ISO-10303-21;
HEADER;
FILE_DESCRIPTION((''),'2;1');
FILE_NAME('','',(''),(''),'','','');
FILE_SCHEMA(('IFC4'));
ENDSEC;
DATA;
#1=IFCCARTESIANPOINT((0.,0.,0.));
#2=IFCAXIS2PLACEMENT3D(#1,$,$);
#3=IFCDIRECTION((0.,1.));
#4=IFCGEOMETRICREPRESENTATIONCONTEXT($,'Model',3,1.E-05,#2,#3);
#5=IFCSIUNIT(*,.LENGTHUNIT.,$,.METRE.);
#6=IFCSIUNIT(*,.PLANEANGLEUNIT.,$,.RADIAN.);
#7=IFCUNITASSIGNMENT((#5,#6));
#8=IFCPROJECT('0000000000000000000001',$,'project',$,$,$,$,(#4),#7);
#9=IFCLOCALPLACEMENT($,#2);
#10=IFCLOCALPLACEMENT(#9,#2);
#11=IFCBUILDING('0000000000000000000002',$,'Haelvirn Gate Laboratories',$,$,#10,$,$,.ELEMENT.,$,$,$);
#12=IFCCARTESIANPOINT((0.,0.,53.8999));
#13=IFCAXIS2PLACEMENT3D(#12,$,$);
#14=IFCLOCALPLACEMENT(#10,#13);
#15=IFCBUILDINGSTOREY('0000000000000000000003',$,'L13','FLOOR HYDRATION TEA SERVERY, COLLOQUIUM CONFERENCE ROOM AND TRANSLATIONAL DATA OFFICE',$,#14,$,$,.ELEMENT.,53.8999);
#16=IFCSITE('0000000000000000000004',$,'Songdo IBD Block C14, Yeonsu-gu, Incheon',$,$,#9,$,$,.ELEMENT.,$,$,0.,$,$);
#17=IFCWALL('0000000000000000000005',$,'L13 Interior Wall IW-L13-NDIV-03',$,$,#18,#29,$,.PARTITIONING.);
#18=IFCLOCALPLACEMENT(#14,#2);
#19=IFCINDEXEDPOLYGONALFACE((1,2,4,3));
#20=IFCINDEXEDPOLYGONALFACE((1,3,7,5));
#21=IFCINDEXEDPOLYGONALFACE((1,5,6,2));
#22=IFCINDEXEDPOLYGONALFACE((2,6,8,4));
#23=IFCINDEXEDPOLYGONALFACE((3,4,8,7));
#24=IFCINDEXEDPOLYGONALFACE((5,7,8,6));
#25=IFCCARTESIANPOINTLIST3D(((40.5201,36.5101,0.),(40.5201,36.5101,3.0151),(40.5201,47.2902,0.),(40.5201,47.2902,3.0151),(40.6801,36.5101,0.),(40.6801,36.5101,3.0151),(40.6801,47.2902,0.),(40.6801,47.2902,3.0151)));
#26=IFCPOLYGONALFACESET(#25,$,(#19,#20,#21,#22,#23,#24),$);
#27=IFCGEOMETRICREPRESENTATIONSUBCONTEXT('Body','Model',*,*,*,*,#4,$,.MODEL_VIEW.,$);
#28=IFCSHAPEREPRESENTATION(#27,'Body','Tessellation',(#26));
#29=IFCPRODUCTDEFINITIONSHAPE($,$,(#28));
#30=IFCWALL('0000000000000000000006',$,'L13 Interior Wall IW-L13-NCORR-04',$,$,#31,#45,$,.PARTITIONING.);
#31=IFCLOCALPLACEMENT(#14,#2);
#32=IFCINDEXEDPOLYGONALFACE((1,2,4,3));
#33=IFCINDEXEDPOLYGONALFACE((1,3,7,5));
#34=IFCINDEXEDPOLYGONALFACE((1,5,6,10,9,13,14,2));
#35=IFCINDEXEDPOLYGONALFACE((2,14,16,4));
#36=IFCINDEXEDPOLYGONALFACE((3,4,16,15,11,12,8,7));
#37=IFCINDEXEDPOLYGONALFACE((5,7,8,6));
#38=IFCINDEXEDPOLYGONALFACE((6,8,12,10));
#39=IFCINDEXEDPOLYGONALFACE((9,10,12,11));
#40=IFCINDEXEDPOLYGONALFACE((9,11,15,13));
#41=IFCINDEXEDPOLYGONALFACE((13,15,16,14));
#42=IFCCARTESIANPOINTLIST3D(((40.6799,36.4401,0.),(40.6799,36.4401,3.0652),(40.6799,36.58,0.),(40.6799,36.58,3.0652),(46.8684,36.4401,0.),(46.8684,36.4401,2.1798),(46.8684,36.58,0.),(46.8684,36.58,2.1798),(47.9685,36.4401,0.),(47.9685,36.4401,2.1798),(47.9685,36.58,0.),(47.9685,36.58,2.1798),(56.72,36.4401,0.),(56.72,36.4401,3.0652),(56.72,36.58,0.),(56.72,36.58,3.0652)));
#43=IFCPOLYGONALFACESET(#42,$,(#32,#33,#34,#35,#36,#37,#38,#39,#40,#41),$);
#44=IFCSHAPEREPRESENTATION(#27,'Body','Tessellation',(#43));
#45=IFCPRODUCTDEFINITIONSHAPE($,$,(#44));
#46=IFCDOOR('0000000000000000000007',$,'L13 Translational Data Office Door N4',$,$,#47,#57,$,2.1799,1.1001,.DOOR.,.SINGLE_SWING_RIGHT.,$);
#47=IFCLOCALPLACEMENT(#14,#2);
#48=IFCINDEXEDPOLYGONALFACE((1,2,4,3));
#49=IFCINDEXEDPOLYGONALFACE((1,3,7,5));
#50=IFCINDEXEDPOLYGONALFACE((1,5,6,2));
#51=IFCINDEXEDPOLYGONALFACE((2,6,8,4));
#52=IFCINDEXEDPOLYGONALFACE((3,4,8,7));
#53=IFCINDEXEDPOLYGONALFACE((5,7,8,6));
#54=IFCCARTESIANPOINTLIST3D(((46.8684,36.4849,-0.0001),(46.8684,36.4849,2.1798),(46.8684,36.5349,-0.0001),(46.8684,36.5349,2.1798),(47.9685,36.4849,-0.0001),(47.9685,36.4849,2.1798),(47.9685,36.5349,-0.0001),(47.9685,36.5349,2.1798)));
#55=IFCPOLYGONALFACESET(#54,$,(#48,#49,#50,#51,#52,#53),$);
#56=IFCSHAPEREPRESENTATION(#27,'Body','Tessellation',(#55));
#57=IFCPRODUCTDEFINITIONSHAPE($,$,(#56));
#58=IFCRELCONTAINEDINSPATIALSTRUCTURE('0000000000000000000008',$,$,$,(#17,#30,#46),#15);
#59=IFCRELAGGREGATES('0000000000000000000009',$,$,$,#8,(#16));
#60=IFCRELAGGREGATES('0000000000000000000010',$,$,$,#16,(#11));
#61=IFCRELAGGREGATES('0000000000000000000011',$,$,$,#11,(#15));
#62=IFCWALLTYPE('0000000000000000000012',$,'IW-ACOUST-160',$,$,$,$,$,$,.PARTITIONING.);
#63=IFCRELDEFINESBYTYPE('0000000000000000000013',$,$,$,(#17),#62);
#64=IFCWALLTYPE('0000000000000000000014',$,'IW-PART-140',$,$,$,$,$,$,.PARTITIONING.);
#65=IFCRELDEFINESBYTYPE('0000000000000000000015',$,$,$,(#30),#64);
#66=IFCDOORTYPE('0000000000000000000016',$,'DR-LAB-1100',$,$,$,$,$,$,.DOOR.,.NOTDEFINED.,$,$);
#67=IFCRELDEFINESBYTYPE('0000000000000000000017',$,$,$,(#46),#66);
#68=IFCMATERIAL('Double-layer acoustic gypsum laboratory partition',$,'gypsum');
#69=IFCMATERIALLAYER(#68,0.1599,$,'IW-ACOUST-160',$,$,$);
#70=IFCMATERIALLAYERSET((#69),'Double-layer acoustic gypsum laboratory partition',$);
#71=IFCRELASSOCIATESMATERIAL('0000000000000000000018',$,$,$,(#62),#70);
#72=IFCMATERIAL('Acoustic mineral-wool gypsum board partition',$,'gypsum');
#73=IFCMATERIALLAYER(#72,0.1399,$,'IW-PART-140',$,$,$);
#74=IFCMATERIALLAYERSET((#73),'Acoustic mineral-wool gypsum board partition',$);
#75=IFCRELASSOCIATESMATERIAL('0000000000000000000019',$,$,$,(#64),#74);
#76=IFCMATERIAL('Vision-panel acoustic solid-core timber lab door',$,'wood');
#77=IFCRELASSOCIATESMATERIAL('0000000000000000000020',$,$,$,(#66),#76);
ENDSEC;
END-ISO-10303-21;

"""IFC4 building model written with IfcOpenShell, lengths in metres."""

from ifc_helpers import new_model, si_unit, direction, frame, frame_2d, origin, place, context, subcontext, project, spatial, rectangle, extrude, source, transform, mapped, material, layer, layer_set, type_object, type_shapes, element, fill, save


model = new_model("IFC4")

# Units and contexts
model_context = context("Model", 3, precision=1e-05, world=origin(), true_north=direction((0.0, 1.0)))
body_context = subcontext(model_context, "Body", "Model", "MODEL_VIEW")
ifc_project = project(units=[si_unit("LENGTHUNIT", "METRE"), si_unit("PLANEANGLEUNIT", "RADIAN")], contexts=[model_context])

# Site, building, storey
site_placement = place(None, origin())
site = spatial("IfcSite", under=ifc_project, at=site_placement, Name="Songdo IBD Block C14, Yeonsu-gu, Incheon", CompositionType="ELEMENT", RefElevation=0.0)
building_placement = place(site_placement, origin())
building = spatial("IfcBuilding", under=site, at=building_placement, Name="Haelvirn Gate Laboratories", CompositionType="ELEMENT")
storey_placement = place(building_placement, frame((0.0, 0.0, 53.8999)))
storey = spatial("IfcBuildingStorey", under=building, at=storey_placement, Name="L13", Description="FLOOR HYDRATION TEA SERVERY, COLLOQUIUM CONFERENCE ROOM AND TRANSLATIONAL DATA OFFICE", CompositionType="ELEMENT", Elevation=53.8999)

# Wall
ifc_material_1 = material(Name="Double-layer acoustic gypsum laboratory partition", Category="gypsum")
ifc_layer_1 = layer(ifc_material_1, 0.1599, Name="IW-ACOUST-160")
ifc_layer_set_1 = layer_set([ifc_layer_1], Name="Double-layer acoustic gypsum laboratory partition")
wall_type_1 = type_object("IfcWallType", Name="IW-ACOUST-160", PredefinedType="PARTITIONING", material=ifc_layer_set_1)
wall_1_placement = place(storey_placement, frame((40.6001, 36.51, 0.0), z_axis=(0.0, 0.0, 1.0), x_axis=(0.0, 1.0, 0.0)))
element("IfcWall", 1, at=wall_1_placement, inside=storey, type_object=wall_type_1, Name="L13 Interior Wall IW-L13-NDIV-03", PredefinedType="PARTITIONING", context=body_context, shape_type="SweptSolid", body=[
    extrude(rectangle(XDim=10.78, YDim=0.1599, at=frame_2d((5.3901, 0.0))), origin(), (0.0, 0.0, 1.0), 3.0151),
])

# Wall, opening, door
ifc_material_2 = material(Name="Acoustic mineral-wool gypsum board partition", Category="gypsum")
ifc_layer_2 = layer(ifc_material_2, 0.1399, Name="IW-PART-140")
ifc_layer_set_2 = layer_set([ifc_layer_2], Name="Acoustic mineral-wool gypsum board partition")
wall_type_2 = type_object("IfcWallType", Name="IW-PART-140", PredefinedType="PARTITIONING", material=ifc_layer_set_2)
wall_2_placement = place(storey_placement, frame((40.6799, 36.51, 0.0), z_axis=(0.0, 0.0, 1.0), x_axis=(1.0, 0.0, 0.0)))
wall_2 = element("IfcWall", 2, at=wall_2_placement, inside=storey, type_object=wall_type_2, Name="L13 Interior Wall IW-L13-NCORR-04", PredefinedType="PARTITIONING", context=body_context, shape_type="SweptSolid", body=[
    extrude(rectangle(XDim=16.04, YDim=0.1399, at=frame_2d((8.02, 0.0))), origin(), (0.0, 0.0, 1.0), 3.0652),
])
opening_placement = place(wall_2_placement, frame((6.1885, 0.0, 0.0)))
opening = element("IfcOpeningElement", 3, at=opening_placement, cuts=wall_2, PredefinedType="OPENING", context=body_context, shape_type="SweptSolid", body=[
    extrude(rectangle(XDim=1.1001, YDim=2.1799, at=frame_2d((0.55, 1.0898))), frame((0.0, 0.0801, 0.0), z_axis=(0.0, -1.0, 0.0), x_axis=(1.0, 0.0, 0.0)), (0.0, 0.0, 1.0), 0.1599),
])
ifc_material_3 = material(Name="Vision-panel acoustic solid-core timber lab door", Category="wood")
door_type = type_object("IfcDoorType", Name="DR-LAB-1100", OperationType="NOTDEFINED", PredefinedType="DOOR", material=ifc_material_3)
shared_shape_1 = source(origin(), body_context, "Body", "SweptSolid", [
    extrude(rectangle(XDim=1.1001, YDim=2.1799, at=frame_2d((0.55, 1.0898))), frame((0.0, 0.0249, 0.0), z_axis=(0.0, -1.0, 0.0), x_axis=(1.0, 0.0, 0.0)), (0.0, 0.0, 1.0), 0.05),
])
type_shapes(door_type, [shared_shape_1])
door_placement = place(opening_placement, origin())
door = element("IfcDoor", 4, at=door_placement, inside=storey, type_object=door_type, Name="L13 Translational Data Office Door N4", OperationType="SINGLE_SWING_RIGHT", OverallHeight=2.1799, OverallWidth=1.1001, PredefinedType="DOOR", context=body_context, shape_type="MappedRepresentation", body=[
    mapped(shared_shape_1, transform((0.0, 0.0, 0.0), scale=1.0)),
])
fill(opening, door)

save(model, "model.ifc")
